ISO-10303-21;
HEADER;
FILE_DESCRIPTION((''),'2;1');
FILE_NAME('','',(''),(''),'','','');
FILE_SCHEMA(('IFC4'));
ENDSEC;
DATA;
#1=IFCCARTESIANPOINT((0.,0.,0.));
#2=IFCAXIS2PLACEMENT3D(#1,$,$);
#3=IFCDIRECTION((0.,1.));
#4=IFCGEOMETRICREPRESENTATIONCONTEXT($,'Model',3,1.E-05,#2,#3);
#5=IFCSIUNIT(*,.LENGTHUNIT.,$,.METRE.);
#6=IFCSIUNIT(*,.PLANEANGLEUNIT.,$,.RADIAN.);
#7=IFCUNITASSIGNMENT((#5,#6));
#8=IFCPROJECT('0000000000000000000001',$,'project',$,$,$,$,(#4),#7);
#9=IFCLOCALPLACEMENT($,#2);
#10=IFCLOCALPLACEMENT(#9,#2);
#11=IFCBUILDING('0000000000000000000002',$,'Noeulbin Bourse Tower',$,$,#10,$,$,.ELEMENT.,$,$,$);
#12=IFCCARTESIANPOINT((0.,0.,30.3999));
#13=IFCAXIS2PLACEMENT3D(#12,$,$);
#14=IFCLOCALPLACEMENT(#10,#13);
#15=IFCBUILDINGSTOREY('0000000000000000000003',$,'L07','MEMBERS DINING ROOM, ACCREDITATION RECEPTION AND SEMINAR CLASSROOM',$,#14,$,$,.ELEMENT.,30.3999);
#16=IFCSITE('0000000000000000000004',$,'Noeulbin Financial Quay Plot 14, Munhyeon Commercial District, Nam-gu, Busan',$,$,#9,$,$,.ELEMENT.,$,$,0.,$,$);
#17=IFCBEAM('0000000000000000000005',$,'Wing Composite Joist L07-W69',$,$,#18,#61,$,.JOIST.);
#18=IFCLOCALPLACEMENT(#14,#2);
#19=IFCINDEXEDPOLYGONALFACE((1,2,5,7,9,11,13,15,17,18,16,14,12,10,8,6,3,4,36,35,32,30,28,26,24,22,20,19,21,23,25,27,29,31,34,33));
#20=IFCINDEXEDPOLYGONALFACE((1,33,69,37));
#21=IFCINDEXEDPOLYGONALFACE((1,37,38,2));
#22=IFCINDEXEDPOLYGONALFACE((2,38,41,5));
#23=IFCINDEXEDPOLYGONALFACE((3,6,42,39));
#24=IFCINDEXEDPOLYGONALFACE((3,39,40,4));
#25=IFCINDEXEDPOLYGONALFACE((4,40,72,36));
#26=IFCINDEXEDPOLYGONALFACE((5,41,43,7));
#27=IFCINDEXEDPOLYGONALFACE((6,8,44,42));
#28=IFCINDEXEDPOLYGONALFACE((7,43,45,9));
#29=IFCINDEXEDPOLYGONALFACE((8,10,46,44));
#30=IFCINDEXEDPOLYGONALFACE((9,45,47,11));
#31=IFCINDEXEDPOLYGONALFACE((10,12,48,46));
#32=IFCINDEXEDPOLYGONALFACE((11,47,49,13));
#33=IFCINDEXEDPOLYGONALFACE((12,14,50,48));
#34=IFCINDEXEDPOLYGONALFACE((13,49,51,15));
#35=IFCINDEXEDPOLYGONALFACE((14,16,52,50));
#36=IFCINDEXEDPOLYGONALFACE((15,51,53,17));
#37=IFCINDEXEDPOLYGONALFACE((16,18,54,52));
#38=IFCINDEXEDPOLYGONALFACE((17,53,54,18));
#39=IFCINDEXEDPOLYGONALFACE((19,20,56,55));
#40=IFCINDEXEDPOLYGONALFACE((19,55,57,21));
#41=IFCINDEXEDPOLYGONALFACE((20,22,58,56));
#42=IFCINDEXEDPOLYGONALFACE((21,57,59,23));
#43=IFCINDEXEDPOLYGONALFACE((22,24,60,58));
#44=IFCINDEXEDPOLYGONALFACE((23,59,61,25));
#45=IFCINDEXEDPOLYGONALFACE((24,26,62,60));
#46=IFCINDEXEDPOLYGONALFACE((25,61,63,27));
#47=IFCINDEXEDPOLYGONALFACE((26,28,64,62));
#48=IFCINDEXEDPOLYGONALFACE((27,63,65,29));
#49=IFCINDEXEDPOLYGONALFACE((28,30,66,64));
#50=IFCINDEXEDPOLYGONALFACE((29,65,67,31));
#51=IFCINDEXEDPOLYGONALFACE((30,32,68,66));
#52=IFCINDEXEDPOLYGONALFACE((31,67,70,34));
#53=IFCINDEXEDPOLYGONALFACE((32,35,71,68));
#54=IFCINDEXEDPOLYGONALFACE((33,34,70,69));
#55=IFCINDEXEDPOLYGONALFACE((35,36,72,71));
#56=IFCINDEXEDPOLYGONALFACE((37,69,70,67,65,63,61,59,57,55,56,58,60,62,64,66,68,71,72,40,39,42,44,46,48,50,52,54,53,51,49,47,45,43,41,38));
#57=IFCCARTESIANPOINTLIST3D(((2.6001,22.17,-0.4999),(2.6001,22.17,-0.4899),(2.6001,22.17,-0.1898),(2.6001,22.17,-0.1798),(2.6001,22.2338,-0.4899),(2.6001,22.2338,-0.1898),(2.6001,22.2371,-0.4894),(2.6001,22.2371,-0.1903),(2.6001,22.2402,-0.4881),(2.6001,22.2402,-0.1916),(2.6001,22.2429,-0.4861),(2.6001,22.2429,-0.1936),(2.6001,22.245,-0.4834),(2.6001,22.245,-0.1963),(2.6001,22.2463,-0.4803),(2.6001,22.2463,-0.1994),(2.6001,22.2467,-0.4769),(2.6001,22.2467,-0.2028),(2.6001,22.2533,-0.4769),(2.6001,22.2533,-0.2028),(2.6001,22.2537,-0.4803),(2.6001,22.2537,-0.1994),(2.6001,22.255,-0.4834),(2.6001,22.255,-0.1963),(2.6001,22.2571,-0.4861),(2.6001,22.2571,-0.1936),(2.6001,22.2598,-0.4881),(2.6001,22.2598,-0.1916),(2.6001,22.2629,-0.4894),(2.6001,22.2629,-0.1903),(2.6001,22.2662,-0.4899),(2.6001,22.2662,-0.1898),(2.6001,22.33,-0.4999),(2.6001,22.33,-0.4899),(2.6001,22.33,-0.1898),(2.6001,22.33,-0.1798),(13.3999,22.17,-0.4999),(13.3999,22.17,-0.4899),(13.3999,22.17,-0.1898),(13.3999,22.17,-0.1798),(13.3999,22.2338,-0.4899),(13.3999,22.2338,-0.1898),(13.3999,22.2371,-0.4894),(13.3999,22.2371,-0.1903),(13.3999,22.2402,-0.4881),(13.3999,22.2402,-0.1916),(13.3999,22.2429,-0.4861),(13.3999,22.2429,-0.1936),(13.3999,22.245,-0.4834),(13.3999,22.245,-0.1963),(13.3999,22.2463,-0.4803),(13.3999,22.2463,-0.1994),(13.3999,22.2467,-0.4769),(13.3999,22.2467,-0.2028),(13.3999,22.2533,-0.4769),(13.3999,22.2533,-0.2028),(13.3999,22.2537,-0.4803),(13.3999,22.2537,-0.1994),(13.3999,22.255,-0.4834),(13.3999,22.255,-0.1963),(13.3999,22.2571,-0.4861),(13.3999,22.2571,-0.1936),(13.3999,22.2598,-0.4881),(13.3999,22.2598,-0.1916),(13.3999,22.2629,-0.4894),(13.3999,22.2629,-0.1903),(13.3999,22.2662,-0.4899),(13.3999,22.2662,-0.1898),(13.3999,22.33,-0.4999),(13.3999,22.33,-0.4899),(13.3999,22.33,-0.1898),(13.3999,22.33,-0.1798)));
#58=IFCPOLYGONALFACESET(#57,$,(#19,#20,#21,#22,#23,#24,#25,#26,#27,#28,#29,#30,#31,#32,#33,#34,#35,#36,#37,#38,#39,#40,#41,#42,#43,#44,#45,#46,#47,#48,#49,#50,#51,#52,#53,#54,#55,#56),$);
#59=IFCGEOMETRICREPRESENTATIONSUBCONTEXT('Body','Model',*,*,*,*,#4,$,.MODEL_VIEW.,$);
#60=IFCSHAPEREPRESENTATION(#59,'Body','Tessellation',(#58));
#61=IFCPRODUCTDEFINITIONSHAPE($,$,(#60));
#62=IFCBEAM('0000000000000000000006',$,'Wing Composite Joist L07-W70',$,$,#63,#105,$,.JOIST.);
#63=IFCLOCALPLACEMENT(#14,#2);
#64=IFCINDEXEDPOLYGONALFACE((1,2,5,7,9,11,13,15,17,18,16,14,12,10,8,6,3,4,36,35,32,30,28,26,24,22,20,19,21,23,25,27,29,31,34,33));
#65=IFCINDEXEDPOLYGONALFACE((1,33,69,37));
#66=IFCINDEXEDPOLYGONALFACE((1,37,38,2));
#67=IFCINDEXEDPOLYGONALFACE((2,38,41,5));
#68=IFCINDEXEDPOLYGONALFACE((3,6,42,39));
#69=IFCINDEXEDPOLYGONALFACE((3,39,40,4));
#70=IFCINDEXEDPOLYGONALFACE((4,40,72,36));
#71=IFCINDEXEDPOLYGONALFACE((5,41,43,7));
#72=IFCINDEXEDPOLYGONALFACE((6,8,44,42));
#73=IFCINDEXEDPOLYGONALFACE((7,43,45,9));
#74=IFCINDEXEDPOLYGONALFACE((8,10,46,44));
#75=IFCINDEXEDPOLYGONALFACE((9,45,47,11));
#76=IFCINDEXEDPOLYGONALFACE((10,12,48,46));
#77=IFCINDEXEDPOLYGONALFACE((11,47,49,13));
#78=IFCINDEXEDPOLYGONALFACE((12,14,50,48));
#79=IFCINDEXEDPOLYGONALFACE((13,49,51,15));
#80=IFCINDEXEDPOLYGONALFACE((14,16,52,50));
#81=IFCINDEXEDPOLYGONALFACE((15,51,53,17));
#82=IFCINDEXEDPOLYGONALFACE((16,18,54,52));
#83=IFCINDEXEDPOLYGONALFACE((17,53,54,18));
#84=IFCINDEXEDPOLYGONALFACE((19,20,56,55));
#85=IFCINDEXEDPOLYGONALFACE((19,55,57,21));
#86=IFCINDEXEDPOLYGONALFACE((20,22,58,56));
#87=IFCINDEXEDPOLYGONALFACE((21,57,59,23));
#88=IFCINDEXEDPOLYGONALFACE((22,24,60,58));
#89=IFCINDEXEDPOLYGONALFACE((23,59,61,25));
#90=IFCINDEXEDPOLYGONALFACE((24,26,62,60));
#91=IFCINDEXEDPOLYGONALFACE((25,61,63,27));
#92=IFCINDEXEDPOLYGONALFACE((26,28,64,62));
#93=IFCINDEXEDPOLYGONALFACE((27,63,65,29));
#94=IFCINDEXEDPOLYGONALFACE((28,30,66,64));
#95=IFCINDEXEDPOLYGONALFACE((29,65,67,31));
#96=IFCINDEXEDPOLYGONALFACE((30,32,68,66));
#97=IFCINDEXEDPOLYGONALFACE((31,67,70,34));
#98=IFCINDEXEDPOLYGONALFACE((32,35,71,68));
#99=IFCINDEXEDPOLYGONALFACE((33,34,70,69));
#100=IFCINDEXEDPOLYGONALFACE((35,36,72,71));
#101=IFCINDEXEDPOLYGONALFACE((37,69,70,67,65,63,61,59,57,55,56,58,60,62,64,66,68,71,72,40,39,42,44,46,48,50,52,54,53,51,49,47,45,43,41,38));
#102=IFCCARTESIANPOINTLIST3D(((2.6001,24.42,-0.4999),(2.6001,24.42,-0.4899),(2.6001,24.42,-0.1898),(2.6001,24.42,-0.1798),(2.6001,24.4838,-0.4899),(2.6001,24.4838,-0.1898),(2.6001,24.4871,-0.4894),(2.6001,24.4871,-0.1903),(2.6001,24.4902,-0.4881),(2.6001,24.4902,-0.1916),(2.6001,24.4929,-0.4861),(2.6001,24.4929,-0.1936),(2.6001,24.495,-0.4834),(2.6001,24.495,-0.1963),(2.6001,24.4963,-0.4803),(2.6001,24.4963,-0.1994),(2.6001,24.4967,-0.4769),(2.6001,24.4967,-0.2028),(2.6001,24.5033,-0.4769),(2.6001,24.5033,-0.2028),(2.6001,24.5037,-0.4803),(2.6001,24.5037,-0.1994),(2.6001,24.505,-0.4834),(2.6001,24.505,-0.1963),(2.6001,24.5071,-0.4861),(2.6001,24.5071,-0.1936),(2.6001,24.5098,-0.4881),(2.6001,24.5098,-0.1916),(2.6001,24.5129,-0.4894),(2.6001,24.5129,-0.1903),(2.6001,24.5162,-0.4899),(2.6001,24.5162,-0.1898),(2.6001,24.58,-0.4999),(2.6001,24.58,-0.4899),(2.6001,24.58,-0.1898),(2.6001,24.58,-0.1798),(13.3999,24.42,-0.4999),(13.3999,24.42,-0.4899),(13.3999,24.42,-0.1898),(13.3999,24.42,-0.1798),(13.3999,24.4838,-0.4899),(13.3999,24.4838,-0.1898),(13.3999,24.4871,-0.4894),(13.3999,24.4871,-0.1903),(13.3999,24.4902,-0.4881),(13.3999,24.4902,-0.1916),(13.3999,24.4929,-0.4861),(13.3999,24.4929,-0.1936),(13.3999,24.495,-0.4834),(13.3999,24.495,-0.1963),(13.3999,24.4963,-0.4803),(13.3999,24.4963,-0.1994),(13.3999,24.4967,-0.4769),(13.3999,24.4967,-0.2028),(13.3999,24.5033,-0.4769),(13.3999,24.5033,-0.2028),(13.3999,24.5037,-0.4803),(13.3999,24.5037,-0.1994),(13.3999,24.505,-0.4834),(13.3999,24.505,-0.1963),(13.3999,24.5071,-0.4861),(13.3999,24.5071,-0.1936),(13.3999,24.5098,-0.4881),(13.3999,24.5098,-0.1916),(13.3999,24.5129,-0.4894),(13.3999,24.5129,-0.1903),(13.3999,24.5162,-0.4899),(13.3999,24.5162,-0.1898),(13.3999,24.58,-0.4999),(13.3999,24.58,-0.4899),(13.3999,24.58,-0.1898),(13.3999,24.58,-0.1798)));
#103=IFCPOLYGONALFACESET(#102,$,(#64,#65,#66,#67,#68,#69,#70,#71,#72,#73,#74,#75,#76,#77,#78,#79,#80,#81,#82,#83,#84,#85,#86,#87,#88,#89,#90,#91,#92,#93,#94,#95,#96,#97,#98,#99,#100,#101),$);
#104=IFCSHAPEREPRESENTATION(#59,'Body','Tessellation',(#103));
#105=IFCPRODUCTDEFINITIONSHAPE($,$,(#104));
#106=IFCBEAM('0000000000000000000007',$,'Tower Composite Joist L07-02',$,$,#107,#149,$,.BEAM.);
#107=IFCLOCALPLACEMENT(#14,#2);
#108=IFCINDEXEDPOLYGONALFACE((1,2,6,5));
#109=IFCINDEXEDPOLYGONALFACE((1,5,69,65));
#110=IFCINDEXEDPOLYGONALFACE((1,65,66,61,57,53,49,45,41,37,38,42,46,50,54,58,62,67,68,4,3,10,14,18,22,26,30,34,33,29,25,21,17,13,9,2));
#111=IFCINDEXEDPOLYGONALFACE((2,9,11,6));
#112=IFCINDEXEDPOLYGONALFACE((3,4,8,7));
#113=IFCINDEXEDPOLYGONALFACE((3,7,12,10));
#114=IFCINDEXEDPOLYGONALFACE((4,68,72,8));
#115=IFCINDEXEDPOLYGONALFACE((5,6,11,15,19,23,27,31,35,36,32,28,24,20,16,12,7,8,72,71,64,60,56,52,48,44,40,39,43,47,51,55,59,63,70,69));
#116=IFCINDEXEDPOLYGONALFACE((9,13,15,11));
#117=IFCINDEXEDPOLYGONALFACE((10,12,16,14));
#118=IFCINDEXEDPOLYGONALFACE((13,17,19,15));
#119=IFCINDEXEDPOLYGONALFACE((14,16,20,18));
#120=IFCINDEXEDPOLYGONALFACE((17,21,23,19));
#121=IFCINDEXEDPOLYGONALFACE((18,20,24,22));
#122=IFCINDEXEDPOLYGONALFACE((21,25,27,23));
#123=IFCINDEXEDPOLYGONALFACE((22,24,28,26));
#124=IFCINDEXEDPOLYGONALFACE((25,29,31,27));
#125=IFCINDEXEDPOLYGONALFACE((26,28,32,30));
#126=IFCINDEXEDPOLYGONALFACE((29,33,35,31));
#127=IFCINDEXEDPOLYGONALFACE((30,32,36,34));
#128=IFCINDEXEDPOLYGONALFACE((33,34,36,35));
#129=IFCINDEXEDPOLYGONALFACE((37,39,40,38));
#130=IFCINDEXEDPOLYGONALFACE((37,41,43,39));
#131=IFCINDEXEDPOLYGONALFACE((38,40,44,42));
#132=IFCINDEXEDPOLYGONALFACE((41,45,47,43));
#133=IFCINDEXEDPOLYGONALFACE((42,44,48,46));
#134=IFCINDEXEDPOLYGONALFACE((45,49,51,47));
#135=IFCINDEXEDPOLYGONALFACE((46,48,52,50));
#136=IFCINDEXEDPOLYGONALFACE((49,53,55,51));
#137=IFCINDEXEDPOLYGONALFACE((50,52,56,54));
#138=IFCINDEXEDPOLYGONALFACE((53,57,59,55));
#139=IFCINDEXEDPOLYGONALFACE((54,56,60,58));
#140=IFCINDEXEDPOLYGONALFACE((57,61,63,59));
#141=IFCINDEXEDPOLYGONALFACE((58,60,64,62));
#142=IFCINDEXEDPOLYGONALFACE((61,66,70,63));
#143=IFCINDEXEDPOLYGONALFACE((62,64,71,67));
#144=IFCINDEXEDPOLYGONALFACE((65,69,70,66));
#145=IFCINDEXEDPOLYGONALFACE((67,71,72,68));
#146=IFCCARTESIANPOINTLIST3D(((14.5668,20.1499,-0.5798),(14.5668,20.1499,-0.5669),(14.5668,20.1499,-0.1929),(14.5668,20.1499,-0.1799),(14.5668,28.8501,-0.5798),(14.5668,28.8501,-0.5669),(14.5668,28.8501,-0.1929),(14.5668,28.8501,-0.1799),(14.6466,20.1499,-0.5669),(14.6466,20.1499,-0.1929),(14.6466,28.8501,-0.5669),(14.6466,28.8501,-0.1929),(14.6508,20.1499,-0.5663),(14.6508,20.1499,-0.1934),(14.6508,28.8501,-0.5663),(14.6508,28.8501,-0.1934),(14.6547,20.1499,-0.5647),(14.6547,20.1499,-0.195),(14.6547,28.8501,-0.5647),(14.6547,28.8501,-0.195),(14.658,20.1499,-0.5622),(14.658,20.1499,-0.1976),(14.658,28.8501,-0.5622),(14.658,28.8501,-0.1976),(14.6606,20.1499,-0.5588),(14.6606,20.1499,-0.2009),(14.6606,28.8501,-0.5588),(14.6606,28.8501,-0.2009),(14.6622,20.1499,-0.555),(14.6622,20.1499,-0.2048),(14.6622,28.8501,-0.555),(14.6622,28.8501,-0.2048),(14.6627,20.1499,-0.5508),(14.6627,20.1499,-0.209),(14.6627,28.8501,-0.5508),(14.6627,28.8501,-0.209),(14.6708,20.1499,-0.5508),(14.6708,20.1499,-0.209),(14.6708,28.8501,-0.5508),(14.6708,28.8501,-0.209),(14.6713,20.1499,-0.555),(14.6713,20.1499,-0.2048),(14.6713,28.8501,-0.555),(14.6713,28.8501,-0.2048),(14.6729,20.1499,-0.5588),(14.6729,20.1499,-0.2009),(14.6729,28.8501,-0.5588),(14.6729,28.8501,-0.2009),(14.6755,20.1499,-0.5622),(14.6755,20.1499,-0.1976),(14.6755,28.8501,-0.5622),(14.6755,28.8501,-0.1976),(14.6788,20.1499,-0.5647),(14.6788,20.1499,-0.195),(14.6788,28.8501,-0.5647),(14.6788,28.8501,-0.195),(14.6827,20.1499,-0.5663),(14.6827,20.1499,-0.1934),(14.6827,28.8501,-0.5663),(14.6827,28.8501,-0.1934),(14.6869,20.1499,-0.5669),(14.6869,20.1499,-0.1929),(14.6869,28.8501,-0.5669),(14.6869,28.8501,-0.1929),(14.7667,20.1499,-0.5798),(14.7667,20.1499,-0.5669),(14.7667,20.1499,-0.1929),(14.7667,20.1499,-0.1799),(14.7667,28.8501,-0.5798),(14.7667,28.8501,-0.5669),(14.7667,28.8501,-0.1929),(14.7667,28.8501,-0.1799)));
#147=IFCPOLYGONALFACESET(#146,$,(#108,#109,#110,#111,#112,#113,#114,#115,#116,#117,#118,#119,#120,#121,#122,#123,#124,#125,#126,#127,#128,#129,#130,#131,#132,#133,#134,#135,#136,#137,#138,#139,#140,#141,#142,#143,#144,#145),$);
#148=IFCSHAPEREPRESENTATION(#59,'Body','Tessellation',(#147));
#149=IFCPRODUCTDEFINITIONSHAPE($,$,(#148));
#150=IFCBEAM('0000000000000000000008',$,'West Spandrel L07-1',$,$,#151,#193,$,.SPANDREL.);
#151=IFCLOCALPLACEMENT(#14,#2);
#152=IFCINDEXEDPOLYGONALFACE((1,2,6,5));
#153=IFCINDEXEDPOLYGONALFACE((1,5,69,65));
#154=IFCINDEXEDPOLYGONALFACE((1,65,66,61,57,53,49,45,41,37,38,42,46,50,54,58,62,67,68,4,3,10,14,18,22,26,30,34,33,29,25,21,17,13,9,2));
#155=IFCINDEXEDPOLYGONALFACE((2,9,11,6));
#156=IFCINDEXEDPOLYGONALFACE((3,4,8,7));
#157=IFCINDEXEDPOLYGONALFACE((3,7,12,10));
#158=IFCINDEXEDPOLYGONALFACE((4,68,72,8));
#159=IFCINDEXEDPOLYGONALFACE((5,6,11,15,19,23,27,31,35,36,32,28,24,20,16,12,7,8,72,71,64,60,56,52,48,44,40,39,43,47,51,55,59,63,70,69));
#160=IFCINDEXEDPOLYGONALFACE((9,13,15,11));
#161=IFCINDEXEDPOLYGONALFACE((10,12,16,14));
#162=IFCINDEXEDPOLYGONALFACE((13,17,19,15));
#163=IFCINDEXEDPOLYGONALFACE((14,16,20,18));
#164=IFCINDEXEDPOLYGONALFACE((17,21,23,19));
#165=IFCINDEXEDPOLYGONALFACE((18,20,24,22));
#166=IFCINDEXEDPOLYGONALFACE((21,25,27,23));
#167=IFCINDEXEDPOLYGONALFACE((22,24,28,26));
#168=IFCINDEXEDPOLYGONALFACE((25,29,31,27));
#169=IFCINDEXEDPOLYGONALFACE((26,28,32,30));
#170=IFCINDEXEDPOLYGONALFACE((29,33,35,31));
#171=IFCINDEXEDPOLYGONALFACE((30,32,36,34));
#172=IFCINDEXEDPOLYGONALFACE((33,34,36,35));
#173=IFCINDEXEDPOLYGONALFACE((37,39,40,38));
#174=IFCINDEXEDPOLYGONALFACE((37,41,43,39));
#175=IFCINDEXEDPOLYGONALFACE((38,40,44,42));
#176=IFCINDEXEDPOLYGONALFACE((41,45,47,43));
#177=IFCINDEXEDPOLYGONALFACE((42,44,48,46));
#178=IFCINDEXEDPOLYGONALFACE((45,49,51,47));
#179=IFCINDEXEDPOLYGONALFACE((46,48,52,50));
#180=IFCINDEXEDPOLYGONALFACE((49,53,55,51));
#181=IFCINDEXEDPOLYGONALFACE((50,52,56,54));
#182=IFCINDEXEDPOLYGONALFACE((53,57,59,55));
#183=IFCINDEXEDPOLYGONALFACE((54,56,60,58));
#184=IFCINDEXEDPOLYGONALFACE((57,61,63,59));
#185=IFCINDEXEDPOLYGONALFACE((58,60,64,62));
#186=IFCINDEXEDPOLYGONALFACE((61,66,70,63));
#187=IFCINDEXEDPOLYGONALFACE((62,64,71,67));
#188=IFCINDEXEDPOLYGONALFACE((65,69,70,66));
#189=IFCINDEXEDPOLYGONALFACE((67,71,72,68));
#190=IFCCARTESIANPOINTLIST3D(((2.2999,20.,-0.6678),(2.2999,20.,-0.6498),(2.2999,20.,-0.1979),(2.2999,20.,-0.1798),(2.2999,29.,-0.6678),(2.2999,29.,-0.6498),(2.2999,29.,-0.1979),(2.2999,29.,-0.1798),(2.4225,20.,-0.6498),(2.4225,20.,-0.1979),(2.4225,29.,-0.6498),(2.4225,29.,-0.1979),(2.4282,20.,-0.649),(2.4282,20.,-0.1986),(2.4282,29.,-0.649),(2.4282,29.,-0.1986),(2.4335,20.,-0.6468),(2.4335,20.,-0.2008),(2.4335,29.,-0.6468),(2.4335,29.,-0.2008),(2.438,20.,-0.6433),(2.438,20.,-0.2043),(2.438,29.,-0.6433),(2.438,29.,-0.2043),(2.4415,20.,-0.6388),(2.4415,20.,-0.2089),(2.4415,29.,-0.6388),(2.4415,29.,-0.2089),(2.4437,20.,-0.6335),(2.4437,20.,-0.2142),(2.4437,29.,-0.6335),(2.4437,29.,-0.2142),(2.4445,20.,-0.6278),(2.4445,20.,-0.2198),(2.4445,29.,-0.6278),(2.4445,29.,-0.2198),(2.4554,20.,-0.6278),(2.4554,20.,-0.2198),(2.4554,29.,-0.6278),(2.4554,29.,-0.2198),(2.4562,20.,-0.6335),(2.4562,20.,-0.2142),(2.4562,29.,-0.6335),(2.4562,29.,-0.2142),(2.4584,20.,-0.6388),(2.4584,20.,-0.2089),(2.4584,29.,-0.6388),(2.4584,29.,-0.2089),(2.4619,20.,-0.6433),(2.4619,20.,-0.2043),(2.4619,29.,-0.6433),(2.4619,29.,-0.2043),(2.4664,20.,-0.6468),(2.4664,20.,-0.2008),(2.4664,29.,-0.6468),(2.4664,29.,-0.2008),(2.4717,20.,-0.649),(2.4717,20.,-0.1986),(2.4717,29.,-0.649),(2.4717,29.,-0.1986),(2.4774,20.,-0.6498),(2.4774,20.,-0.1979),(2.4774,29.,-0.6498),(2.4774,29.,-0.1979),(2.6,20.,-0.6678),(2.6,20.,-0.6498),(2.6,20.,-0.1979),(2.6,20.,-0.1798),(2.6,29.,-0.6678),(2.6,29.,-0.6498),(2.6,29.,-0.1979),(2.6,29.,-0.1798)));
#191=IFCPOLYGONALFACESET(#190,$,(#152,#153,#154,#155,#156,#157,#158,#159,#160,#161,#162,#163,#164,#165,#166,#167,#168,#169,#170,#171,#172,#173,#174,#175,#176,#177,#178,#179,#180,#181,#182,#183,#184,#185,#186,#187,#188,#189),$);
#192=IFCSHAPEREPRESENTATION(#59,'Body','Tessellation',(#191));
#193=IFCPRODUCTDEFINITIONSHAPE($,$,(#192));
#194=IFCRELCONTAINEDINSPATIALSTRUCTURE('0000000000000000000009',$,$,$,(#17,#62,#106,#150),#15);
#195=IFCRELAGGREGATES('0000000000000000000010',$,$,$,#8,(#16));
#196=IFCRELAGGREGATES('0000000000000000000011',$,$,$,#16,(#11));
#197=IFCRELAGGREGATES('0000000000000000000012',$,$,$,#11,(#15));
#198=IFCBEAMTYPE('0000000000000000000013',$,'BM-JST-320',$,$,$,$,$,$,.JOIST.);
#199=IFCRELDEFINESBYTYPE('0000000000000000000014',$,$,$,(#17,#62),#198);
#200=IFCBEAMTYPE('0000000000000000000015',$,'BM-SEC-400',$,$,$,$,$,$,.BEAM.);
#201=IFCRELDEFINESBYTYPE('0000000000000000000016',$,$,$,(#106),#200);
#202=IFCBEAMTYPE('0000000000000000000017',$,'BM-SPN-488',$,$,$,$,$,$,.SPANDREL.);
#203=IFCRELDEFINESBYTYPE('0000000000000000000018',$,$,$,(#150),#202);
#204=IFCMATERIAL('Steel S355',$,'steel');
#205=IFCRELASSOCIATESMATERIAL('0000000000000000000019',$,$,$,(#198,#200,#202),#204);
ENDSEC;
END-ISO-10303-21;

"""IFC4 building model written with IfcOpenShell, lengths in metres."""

from ifc_helpers import new_model, si_unit, direction, frame, origin, origin_2d, place, context, subcontext, project, spatial, i_section, extrude, material, material_profile, profile_set, type_object, element, save


model = new_model("IFC4")

# Units and contexts
model_context = context("Model", 3, precision=1e-05, world=origin(), true_north=direction((0.0, 1.0)))
body_context = subcontext(model_context, "Body", "Model", "MODEL_VIEW")
ifc_project = project(units=[si_unit("LENGTHUNIT", "METRE"), si_unit("PLANEANGLEUNIT", "RADIAN")], contexts=[model_context])

# Site, building, storey
site_placement = place(None, origin())
site = spatial("IfcSite", under=ifc_project, at=site_placement, Name="Noeulbin Financial Quay Plot 14, Munhyeon Commercial District, Nam-gu, Busan", CompositionType="ELEMENT", RefElevation=0.0)
building_placement = place(site_placement, origin())
building = spatial("IfcBuilding", under=site, at=building_placement, Name="Noeulbin Bourse Tower", CompositionType="ELEMENT")
storey_placement = place(building_placement, frame((0.0, 0.0, 30.3999)))
storey = spatial("IfcBuildingStorey", under=building, at=storey_placement, Name="L07", Description="MEMBERS DINING ROOM, ACCREDITATION RECEPTION AND SEMINAR CLASSROOM", CompositionType="ELEMENT", Elevation=30.3999)

# Beams
ifc_material_1 = material(Name="Steel S355", Category="steel")
ifc_material_profile_1 = material_profile(ifc_material_1, i_section(OverallWidth=0.1599, OverallDepth=0.3201, WebThickness=0.0066, FlangeThickness=0.01, FilletRadius=0.0129, at=origin_2d()), Name="H-320x160x6.5x10", Category="LoadBearing")
ifc_profile_set_1 = profile_set([ifc_material_profile_1], Name="Steel S355")
beam_type_1 = type_object("IfcBeamType", Name="BM-JST-320", PredefinedType="JOIST", material=ifc_profile_set_1)
for number, where, z_axis, x_axis, name in (
    (1, (2.6001, 22.25, -0.3398), (1.0, 0.0, 0.0), (0.0, 1.0, 0.0), "Wing Composite Joist L07-W69"),
    (2, (2.6001, 24.5, -0.3398), (1.0, 0.0, 0.0), (0.0, 1.0, 0.0), "Wing Composite Joist L07-W70"),
):
    element("IfcBeam", number, at=place(storey_placement, frame(where, z_axis=z_axis, x_axis=x_axis)), inside=storey, type_object=beam_type_1, Name=name, PredefinedType="JOIST", context=body_context, shape_type="SweptSolid", body=[
        extrude(i_section(OverallWidth=0.1599, OverallDepth=0.3201, WebThickness=0.0066, FlangeThickness=0.01, FilletRadius=0.0129, at=origin_2d()), origin(), (0.0, 0.0, 1.0), 10.7998),
    ])
ifc_material_profile_2 = material_profile(ifc_material_1, i_section(OverallWidth=0.2, OverallDepth=0.3999, WebThickness=0.0081, FlangeThickness=0.0129, FilletRadius=0.0161, at=origin_2d()), Name="H-400x200x8x13", Category="LoadBearing")
ifc_profile_set_2 = profile_set([ifc_material_profile_2], Name="Steel S355")
beam_type_2 = type_object("IfcBeamType", Name="BM-SEC-400", PredefinedType="BEAM", material=ifc_profile_set_2)
beam_1_placement = place(storey_placement, frame((14.6667, 20.1499, -0.3799), z_axis=(0.0, 1.0, 0.0), x_axis=(-1.0, 0.0, 0.0)))
element("IfcBeam", 3, at=beam_1_placement, inside=storey, type_object=beam_type_2, Name="Tower Composite Joist L07-02", PredefinedType="BEAM", context=body_context, shape_type="SweptSolid", body=[
    extrude(i_section(OverallWidth=0.2, OverallDepth=0.3999, WebThickness=0.0081, FlangeThickness=0.0129, FilletRadius=0.0161, at=origin_2d()), origin(), (0.0, 0.0, 1.0), 8.7002),
])
ifc_material_profile_3 = material_profile(ifc_material_1, i_section(OverallWidth=0.3, OverallDepth=0.488, WebThickness=0.011, FlangeThickness=0.0181, FilletRadius=0.022, at=origin_2d()), Name="H-488x300x11x18", Category="LoadBearing")
ifc_profile_set_3 = profile_set([ifc_material_profile_3], Name="Steel S355")
beam_type_3 = type_object("IfcBeamType", Name="BM-SPN-488", PredefinedType="SPANDREL", material=ifc_profile_set_3)
beam_2_placement = place(storey_placement, frame((2.45, 20.0, -0.4238), z_axis=(0.0, 1.0, 0.0), x_axis=(-1.0, 0.0, 0.0)))
element("IfcBeam", 4, at=beam_2_placement, inside=storey, type_object=beam_type_3, Name="West Spandrel L07-1", PredefinedType="SPANDREL", context=body_context, shape_type="SweptSolid", body=[
    extrude(i_section(OverallWidth=0.3, OverallDepth=0.488, WebThickness=0.011, FlangeThickness=0.0181, FilletRadius=0.022, at=origin_2d()), origin(), (0.0, 0.0, 1.0), 9.0),
])

save(model, "model.ifc")
